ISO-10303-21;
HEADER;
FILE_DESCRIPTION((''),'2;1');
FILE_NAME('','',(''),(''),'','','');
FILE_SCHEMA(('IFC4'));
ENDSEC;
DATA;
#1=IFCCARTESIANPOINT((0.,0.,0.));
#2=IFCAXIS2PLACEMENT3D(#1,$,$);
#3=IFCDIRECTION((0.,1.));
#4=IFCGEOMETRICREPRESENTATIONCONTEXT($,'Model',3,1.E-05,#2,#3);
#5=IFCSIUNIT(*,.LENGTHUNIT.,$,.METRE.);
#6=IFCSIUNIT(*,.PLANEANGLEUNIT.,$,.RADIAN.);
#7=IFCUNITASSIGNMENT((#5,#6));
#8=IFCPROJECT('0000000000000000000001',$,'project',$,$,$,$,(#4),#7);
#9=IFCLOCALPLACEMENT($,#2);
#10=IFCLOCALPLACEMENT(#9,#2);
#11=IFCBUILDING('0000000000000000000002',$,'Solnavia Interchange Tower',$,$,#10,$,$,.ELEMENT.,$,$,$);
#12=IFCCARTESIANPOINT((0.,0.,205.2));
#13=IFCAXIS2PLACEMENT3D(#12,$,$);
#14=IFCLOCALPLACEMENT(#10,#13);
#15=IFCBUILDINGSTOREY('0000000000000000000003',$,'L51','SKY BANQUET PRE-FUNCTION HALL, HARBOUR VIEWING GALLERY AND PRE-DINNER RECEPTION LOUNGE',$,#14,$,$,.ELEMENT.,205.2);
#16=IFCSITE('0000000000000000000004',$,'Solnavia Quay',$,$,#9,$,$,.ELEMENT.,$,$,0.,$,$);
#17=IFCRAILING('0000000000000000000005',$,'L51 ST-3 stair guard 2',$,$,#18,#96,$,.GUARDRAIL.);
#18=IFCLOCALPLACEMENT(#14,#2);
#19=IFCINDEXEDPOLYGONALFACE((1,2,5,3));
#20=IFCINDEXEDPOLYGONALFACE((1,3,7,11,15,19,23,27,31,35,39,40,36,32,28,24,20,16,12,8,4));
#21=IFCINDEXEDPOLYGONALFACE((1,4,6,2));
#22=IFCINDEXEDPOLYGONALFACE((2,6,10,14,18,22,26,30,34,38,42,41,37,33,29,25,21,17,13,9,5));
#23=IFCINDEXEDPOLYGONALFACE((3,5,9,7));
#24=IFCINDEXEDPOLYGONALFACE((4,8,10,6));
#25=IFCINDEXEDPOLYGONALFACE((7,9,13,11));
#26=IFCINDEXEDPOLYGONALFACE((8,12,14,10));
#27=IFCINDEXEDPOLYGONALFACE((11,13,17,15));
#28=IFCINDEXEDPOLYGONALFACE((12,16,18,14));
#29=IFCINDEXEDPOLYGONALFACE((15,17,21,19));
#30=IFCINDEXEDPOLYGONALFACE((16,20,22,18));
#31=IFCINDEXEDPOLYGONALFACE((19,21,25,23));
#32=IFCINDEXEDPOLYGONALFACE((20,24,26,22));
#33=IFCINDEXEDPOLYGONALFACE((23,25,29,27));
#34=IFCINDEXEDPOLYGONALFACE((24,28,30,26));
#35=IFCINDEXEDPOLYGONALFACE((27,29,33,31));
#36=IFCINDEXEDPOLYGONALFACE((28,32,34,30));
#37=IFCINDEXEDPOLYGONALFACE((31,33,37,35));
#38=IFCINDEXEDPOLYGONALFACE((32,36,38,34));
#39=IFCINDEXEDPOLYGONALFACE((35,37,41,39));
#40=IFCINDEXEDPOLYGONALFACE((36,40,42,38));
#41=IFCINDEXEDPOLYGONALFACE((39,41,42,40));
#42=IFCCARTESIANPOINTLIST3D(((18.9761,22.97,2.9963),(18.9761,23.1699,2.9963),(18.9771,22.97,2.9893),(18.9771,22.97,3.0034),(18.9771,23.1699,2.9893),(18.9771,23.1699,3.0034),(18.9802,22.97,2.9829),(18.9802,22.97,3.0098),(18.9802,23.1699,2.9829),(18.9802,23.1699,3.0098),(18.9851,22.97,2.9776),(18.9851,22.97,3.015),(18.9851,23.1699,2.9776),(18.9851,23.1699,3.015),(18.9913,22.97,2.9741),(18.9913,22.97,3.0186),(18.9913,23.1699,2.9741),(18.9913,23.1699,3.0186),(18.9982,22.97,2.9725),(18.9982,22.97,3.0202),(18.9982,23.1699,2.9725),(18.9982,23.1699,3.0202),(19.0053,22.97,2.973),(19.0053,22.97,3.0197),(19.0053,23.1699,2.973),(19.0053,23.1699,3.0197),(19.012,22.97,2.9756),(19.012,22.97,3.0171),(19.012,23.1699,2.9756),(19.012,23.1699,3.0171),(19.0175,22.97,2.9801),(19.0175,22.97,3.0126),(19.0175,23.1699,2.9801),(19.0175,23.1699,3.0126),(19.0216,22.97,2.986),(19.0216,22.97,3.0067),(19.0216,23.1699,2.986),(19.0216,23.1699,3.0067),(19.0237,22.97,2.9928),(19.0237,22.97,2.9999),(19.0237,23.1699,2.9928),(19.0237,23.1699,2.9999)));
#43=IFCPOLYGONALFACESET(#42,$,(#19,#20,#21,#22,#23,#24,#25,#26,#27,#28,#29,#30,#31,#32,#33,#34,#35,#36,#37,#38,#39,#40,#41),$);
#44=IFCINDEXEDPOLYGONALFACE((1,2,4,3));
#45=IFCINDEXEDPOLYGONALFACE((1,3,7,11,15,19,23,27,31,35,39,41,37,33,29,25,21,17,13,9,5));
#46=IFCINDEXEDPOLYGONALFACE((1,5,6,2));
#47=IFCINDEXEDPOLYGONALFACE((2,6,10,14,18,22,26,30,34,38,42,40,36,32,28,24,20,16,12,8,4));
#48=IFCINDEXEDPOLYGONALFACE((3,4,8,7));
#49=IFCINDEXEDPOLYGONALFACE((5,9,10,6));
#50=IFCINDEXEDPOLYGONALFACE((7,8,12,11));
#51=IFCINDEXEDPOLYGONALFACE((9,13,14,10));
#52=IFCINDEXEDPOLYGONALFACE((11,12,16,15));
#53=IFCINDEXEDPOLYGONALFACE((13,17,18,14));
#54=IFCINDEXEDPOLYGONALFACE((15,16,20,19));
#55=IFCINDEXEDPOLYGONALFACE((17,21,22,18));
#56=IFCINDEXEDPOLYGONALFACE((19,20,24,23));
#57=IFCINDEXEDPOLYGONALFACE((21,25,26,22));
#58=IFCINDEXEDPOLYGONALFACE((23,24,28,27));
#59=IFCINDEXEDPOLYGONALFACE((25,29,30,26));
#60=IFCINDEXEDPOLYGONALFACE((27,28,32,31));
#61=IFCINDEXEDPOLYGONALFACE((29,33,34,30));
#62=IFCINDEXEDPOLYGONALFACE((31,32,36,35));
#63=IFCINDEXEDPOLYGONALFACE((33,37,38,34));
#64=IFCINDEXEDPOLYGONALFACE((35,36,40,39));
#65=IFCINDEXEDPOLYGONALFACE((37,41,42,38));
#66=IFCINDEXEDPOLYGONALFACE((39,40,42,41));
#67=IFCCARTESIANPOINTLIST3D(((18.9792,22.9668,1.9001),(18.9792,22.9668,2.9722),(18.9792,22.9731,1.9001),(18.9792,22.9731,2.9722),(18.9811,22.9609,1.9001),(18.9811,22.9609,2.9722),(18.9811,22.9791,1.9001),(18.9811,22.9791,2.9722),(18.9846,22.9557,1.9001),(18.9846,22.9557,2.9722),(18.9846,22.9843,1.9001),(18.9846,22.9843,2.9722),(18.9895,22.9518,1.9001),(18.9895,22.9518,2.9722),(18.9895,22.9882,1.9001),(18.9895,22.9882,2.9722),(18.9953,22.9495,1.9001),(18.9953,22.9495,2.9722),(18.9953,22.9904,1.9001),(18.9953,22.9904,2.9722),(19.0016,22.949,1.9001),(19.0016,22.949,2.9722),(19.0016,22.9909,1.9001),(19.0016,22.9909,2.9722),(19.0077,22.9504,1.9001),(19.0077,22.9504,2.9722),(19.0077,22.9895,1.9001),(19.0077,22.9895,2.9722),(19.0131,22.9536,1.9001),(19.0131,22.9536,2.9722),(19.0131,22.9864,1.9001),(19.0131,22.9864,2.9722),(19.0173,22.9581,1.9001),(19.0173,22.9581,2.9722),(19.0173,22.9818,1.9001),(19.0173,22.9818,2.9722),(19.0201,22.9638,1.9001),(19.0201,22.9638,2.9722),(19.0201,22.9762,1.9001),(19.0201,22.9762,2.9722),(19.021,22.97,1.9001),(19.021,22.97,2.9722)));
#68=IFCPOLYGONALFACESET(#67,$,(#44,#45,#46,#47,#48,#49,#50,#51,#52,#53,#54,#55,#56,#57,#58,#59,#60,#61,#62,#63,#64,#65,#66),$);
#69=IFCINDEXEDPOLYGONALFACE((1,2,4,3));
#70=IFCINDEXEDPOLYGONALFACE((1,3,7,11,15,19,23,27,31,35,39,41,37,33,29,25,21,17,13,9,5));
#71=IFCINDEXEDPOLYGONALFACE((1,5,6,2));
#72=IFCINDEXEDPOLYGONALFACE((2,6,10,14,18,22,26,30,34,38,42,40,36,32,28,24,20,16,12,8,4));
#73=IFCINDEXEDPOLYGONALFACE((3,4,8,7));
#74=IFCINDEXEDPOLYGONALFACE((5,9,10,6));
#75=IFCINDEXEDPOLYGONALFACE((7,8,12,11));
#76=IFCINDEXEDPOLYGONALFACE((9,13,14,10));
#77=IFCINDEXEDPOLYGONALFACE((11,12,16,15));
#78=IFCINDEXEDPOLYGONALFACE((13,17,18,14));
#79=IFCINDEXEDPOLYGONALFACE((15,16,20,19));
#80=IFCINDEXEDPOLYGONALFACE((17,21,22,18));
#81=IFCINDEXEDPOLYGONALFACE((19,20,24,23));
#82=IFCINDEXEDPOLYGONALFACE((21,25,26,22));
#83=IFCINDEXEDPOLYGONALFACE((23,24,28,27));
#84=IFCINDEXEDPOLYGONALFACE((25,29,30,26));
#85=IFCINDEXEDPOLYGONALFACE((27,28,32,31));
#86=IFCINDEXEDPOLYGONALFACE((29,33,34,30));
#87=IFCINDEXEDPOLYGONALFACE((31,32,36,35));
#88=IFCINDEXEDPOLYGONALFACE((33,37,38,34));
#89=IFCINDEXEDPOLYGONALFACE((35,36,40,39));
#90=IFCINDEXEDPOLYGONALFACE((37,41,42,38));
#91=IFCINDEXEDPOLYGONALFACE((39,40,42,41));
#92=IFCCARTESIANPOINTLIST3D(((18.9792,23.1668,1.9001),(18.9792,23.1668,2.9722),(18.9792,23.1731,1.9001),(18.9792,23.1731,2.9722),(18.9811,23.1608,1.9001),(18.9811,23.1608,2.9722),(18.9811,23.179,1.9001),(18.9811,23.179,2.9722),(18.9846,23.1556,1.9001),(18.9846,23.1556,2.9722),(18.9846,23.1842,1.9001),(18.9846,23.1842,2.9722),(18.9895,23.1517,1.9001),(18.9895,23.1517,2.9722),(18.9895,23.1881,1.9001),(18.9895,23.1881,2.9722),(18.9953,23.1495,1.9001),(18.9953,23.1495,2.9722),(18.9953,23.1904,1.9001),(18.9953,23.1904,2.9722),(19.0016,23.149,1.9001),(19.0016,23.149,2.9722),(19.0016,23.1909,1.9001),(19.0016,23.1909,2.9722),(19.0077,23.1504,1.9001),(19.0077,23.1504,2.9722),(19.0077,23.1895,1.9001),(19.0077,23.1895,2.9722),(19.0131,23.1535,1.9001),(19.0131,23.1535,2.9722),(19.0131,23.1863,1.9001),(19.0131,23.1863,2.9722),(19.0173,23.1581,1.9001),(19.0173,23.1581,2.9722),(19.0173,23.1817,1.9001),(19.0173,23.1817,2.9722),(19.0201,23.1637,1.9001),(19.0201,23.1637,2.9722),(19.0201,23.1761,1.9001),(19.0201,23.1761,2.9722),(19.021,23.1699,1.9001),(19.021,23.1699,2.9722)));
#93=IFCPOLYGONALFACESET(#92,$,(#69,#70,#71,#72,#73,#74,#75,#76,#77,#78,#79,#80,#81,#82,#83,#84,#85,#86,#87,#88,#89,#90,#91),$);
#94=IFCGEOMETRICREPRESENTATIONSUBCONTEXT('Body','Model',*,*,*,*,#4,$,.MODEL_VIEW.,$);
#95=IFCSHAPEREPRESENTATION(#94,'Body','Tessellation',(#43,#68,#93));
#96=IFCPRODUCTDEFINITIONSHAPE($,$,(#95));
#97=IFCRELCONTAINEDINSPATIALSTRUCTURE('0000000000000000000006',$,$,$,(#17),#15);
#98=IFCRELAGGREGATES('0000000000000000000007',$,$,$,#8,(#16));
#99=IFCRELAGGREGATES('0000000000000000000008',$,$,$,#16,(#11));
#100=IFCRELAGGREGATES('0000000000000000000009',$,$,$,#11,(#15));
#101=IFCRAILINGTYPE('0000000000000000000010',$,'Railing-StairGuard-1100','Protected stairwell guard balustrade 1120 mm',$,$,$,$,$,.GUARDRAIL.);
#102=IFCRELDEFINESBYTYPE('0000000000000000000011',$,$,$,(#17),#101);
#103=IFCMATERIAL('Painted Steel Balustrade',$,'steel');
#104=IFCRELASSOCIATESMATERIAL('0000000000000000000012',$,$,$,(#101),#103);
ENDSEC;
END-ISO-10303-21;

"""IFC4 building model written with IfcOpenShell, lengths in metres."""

from ifc_helpers import new_model, si_unit, direction, frame, origin, origin_2d, place, context, subcontext, project, spatial, circle, extrude, material, type_object, element, save


model = new_model("IFC4")

# Units and contexts
model_context = context("Model", 3, precision=1e-05, world=origin(), true_north=direction((0.0, 1.0)))
body_context = subcontext(model_context, "Body", "Model", "MODEL_VIEW")
ifc_project = project(units=[si_unit("LENGTHUNIT", "METRE"), si_unit("PLANEANGLEUNIT", "RADIAN")], contexts=[model_context])

# Site, building, storey
site_placement = place(None, origin())
site = spatial("IfcSite", under=ifc_project, at=site_placement, Name="Solnavia Quay", CompositionType="ELEMENT", RefElevation=0.0)
building_placement = place(site_placement, origin())
building = spatial("IfcBuilding", under=site, at=building_placement, Name="Solnavia Interchange Tower", CompositionType="ELEMENT")
storey_placement = place(building_placement, frame((0.0, 0.0, 205.2)))
storey = spatial("IfcBuildingStorey", under=building, at=storey_placement, Name="L51", Description="SKY BANQUET PRE-FUNCTION HALL, HARBOUR VIEWING GALLERY AND PRE-DINNER RECEPTION LOUNGE", CompositionType="ELEMENT", Elevation=205.2)

# Railing
ifc_material_1 = material(Name="Painted Steel Balustrade", Category="steel")
railing_type_1 = type_object("IfcRailingType", Name="Railing-StairGuard-1100", Description="Protected stairwell guard balustrade 1120 mm", PredefinedType="GUARDRAIL", material=ifc_material_1)
railing_1_placement = place(storey_placement, frame((19.0, 22.97, 1.9001)))
element("IfcRailing", 1, at=railing_1_placement, inside=storey, type_object=railing_type_1, Name="L51 ST-3 stair guard 2", PredefinedType="GUARDRAIL", context=body_context, shape_type="SweptSolid", body=[
    extrude(circle(Radius=0.0239, at=origin_2d()), frame((0.0, 0.0, 1.0962), z_axis=(0.0, 1.0, 0.0), x_axis=(-1.0, 0.0, 0.0)), (0.0, 0.0, 1.0), 0.2),
    extrude(circle(Radius=0.021, at=origin_2d()), origin(), (0.0, 0.0, 1.0), 1.072),
    extrude(circle(Radius=0.021, at=origin_2d()), frame((0.0, 0.2, 0.0)), (0.0, 0.0, 1.0), 1.072),
])

save(model, "model.ifc")
